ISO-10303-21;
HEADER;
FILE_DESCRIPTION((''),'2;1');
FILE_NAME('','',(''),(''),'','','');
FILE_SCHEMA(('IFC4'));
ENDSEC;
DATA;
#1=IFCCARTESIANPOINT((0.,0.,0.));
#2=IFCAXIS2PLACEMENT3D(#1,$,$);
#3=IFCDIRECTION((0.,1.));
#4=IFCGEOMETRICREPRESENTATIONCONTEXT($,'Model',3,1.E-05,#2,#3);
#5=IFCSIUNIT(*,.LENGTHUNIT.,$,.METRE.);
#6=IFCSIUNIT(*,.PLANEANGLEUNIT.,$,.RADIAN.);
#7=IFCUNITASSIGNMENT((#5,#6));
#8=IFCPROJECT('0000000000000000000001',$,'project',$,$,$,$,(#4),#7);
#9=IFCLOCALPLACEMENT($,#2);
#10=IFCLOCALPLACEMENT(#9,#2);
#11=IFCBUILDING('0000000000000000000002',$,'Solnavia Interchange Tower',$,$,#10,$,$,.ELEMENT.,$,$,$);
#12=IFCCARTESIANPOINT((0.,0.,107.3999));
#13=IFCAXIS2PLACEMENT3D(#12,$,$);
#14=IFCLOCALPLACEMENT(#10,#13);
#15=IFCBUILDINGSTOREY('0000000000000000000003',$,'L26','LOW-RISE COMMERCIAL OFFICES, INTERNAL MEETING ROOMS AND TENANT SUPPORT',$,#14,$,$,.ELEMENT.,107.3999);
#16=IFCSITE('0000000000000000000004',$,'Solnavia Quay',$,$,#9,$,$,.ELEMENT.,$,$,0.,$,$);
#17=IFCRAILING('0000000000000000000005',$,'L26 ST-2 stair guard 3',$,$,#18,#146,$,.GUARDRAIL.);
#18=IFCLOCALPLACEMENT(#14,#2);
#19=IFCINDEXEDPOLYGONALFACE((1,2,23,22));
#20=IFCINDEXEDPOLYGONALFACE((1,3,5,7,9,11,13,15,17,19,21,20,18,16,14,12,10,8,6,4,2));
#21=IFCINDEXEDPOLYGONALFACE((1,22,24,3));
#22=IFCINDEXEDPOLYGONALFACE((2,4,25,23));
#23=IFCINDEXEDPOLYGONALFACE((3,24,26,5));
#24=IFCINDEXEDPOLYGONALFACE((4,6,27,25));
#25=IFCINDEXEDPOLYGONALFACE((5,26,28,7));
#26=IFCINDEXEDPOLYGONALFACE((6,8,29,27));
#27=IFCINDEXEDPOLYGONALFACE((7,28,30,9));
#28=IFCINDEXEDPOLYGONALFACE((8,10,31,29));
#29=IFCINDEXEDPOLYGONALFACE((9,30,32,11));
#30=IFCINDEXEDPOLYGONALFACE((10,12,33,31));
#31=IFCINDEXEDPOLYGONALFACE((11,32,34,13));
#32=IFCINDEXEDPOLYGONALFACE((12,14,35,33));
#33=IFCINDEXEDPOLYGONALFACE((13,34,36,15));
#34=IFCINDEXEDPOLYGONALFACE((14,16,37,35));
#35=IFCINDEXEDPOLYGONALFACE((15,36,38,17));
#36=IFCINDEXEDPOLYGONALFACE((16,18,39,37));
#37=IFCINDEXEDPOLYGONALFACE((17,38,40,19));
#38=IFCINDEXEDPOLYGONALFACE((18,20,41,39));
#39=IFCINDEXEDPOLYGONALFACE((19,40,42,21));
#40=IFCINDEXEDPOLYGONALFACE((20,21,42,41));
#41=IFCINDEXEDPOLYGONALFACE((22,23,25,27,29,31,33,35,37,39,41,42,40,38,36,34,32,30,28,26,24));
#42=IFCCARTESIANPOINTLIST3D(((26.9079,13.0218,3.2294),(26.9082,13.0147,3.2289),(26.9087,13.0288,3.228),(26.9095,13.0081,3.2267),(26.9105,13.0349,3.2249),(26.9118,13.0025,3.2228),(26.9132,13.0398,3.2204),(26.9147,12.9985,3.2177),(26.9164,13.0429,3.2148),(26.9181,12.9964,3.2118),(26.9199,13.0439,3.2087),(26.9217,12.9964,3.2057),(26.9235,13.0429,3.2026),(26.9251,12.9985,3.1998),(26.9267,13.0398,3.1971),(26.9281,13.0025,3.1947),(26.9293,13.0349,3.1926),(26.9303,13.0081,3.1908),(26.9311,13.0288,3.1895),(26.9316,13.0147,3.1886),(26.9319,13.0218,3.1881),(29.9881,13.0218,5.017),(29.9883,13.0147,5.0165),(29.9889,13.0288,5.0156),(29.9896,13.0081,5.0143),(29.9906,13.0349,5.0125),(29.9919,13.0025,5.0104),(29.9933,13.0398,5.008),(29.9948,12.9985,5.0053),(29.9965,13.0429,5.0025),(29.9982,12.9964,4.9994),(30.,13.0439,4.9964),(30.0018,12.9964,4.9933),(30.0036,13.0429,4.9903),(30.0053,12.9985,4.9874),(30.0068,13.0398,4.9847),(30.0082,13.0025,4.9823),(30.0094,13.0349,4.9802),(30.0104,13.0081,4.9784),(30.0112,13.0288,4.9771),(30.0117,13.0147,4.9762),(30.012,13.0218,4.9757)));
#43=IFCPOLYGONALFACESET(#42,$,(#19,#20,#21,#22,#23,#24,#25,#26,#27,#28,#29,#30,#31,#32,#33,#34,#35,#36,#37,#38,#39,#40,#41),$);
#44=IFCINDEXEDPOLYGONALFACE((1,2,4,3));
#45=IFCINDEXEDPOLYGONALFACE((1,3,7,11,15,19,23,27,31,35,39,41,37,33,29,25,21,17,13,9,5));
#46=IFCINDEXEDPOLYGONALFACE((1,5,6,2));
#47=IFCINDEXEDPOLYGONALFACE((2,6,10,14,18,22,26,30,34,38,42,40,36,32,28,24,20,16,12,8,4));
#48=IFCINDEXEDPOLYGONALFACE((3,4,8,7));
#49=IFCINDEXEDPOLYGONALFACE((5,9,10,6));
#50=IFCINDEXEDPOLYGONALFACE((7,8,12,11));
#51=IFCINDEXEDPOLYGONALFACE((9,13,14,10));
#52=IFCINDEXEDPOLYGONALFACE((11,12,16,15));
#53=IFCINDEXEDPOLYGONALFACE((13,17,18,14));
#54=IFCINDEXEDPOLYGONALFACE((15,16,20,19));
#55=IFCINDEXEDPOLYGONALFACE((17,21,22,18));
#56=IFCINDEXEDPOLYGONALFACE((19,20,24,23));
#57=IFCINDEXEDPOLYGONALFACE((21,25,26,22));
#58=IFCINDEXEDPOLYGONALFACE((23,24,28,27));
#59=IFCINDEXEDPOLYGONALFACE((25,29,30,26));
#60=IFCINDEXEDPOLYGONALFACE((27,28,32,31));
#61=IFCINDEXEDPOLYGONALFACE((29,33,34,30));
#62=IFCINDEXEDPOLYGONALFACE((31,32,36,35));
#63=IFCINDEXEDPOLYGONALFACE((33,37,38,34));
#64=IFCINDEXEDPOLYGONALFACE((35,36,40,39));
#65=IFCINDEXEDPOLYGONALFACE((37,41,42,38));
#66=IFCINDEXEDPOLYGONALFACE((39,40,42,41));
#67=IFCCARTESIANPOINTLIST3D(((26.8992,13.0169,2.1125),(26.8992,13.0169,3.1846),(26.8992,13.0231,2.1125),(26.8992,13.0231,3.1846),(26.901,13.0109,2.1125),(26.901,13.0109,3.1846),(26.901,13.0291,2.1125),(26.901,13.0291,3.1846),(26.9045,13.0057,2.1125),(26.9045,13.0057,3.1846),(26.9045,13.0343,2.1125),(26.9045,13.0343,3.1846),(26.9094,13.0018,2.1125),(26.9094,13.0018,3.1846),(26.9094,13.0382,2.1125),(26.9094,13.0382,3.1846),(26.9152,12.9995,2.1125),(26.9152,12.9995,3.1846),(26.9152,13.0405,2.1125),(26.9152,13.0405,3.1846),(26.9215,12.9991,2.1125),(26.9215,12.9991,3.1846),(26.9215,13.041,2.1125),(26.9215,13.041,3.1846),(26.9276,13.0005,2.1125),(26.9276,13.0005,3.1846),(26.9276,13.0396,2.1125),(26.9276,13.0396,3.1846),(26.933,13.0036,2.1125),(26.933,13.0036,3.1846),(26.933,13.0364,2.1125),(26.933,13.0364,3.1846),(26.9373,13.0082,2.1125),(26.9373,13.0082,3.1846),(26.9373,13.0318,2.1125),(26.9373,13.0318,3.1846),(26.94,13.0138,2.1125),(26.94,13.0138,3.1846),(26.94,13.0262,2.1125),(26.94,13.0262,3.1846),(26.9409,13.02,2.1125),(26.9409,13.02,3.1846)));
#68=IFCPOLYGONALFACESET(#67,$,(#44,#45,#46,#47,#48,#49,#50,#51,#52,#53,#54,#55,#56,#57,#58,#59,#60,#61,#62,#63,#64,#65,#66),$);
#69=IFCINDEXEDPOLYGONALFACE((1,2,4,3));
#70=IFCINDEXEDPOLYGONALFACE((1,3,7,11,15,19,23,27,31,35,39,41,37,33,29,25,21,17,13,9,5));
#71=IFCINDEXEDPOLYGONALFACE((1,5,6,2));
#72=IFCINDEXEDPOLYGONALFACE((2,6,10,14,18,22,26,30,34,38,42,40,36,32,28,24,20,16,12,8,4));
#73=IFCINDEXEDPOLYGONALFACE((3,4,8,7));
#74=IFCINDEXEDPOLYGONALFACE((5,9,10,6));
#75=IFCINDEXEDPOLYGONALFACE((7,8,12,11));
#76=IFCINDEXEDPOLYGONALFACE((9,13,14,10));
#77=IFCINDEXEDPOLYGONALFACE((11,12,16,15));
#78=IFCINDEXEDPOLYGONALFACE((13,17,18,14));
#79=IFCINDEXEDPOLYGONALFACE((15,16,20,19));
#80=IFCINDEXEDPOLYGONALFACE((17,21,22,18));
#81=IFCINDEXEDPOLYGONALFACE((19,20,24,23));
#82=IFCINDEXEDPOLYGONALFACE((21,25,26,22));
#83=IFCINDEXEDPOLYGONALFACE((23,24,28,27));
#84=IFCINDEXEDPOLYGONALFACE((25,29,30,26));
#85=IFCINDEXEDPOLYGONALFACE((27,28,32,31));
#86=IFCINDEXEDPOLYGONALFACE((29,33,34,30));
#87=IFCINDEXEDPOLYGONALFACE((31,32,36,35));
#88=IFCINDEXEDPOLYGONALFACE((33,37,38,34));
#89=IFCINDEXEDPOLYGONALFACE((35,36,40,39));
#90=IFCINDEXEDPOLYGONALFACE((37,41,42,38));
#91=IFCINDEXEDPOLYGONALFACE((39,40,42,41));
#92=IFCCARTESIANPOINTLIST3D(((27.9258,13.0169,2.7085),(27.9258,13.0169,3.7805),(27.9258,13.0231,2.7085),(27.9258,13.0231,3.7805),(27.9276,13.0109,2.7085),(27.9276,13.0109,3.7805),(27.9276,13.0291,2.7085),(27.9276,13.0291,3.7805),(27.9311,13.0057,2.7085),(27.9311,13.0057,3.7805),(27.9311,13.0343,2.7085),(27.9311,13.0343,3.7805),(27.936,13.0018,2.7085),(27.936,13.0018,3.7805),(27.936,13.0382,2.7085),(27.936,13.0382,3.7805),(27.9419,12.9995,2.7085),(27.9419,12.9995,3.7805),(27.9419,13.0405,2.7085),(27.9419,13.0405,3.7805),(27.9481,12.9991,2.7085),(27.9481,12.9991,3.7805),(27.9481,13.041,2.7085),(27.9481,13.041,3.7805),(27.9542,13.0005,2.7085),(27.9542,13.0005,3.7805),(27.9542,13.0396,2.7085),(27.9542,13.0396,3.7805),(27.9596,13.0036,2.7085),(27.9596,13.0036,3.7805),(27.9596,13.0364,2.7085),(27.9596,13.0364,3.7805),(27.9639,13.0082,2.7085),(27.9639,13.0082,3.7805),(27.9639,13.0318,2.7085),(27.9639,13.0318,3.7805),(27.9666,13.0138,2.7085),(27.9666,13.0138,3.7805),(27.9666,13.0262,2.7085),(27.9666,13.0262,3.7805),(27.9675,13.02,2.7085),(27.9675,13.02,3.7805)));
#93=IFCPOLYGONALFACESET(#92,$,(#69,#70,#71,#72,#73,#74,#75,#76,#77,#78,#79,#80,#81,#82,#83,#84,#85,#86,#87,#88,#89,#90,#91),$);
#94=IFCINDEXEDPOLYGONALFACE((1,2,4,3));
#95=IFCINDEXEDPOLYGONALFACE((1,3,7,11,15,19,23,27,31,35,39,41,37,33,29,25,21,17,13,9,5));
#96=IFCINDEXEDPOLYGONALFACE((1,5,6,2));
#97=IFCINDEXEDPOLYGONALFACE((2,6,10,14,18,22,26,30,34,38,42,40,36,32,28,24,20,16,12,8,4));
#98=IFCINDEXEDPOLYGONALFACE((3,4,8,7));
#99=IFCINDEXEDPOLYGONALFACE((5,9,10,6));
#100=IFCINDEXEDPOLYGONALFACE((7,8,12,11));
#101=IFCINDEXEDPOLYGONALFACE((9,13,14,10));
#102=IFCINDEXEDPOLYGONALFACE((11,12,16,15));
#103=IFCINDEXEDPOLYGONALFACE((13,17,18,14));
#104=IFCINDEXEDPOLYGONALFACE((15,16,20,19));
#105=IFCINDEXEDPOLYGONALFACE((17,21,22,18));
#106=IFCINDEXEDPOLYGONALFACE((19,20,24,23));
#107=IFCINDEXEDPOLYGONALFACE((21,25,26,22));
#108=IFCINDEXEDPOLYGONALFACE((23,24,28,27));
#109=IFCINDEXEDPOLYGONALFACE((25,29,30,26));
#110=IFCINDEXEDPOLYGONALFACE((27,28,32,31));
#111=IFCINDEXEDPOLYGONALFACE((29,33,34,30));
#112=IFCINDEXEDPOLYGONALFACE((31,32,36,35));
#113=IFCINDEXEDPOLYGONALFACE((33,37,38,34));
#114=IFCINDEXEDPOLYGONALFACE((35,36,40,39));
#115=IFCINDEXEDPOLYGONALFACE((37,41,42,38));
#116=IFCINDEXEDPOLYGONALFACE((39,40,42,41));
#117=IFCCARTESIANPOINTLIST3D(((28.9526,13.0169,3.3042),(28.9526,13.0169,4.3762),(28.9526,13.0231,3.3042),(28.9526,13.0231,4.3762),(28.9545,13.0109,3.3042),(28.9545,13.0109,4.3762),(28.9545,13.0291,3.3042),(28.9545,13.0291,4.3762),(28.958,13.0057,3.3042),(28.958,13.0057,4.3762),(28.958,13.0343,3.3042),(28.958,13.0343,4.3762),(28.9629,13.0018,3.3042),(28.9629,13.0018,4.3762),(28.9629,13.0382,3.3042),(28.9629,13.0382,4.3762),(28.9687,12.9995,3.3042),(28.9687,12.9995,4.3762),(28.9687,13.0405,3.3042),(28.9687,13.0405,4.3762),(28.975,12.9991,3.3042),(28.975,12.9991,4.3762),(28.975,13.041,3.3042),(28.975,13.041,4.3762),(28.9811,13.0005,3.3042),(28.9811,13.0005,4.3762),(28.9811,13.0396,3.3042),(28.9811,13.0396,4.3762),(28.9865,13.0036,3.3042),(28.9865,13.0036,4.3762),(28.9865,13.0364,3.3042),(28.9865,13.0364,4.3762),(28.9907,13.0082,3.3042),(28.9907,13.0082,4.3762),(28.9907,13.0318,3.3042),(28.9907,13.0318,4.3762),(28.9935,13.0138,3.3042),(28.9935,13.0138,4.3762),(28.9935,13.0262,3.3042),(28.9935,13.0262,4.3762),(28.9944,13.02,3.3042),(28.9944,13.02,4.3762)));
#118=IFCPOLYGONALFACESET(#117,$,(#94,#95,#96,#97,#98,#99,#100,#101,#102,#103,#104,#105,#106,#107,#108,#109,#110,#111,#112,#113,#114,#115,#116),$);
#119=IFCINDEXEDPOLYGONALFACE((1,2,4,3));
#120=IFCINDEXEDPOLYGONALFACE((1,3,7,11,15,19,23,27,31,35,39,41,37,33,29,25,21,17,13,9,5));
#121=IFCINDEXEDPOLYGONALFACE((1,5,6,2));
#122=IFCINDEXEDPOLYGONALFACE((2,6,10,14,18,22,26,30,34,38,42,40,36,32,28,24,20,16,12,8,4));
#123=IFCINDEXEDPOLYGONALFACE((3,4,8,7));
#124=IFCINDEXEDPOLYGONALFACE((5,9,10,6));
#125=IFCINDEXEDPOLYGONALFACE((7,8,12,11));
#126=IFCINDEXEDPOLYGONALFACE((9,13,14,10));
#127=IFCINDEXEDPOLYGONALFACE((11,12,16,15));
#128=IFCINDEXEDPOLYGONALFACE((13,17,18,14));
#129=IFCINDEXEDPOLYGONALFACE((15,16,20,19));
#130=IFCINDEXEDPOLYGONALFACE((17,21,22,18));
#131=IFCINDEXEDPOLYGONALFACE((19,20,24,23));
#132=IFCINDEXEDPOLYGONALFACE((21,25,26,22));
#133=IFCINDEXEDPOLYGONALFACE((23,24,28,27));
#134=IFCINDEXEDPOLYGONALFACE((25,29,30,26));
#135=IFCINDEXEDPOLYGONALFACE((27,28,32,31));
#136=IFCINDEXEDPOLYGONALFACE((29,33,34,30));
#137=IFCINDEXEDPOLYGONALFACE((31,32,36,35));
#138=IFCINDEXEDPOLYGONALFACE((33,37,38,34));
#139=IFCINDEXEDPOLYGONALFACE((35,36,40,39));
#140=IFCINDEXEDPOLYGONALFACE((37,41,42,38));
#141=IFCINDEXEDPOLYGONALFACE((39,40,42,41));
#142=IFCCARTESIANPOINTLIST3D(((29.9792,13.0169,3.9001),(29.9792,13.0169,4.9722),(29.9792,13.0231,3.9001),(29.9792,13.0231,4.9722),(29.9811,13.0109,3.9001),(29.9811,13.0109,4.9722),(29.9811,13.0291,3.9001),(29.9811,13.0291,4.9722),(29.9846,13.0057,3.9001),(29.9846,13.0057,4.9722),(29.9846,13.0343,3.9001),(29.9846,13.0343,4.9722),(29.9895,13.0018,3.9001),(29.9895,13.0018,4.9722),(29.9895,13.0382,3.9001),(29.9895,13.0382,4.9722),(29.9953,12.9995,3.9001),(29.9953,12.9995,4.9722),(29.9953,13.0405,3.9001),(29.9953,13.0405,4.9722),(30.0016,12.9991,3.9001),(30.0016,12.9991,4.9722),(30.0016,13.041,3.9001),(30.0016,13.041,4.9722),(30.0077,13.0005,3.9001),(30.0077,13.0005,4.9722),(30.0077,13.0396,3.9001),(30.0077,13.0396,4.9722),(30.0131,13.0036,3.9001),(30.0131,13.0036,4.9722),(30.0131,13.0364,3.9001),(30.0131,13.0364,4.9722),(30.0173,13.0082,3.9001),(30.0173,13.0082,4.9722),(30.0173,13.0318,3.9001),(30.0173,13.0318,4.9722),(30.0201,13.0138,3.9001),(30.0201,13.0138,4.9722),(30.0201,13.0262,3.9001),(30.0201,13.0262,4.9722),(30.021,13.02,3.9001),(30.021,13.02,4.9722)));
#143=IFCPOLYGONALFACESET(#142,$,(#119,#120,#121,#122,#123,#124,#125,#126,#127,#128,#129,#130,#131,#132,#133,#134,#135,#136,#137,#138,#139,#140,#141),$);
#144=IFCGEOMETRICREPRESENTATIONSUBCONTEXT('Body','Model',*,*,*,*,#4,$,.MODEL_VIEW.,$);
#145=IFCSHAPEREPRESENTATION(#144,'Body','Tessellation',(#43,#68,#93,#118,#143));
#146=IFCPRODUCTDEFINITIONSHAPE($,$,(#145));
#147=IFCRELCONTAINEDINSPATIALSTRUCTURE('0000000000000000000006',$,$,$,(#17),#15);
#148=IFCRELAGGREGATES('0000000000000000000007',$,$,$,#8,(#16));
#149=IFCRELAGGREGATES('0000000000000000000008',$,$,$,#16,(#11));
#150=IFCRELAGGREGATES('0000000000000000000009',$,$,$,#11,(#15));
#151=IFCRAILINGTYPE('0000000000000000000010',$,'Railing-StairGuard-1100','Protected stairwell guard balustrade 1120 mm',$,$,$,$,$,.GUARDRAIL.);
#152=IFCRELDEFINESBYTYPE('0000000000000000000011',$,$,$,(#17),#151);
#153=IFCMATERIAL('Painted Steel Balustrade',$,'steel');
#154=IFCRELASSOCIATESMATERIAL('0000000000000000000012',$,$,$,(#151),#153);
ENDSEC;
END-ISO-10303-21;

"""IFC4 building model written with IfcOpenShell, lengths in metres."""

from ifc_helpers import new_model, si_unit, direction, frame, origin, origin_2d, place, context, subcontext, project, spatial, circle, extrude, material, type_object, element, save


model = new_model("IFC4")

# Units and contexts
model_context = context("Model", 3, precision=1e-05, world=origin(), true_north=direction((0.0, 1.0)))
body_context = subcontext(model_context, "Body", "Model", "MODEL_VIEW")
ifc_project = project(units=[si_unit("LENGTHUNIT", "METRE"), si_unit("PLANEANGLEUNIT", "RADIAN")], contexts=[model_context])

# Site, building, storey
site_placement = place(None, origin())
site = spatial("IfcSite", under=ifc_project, at=site_placement, Name="Solnavia Quay", CompositionType="ELEMENT", RefElevation=0.0)
building_placement = place(site_placement, origin())
building = spatial("IfcBuilding", under=site, at=building_placement, Name="Solnavia Interchange Tower", CompositionType="ELEMENT")
storey_placement = place(building_placement, frame((0.0, 0.0, 107.3999)))
storey = spatial("IfcBuildingStorey", under=building, at=storey_placement, Name="L26", Description="LOW-RISE COMMERCIAL OFFICES, INTERNAL MEETING ROOMS AND TENANT SUPPORT", CompositionType="ELEMENT", Elevation=107.3999)

# Railing
ifc_material_1 = material(Name="Painted Steel Balustrade", Category="steel")
railing_type_1 = type_object("IfcRailingType", Name="Railing-StairGuard-1100", Description="Protected stairwell guard balustrade 1120 mm", PredefinedType="GUARDRAIL", material=ifc_material_1)
railing_1_placement = place(storey_placement, frame((26.9199, 13.02, 2.1125)))
element("IfcRailing", 1, at=railing_1_placement, inside=storey, type_object=railing_type_1, Name="L26 ST-2 stair guard 3", PredefinedType="GUARDRAIL", context=body_context, shape_type="SweptSolid", body=[
    extrude(circle(Radius=0.0239, at=origin_2d()), frame((0.0, 0.0, 1.0962), z_axis=(0.864891, 0.0, 0.50196), x_axis=(0.0, 1.0, 0.0)), (0.0, 0.0, 1.0), 3.5613),
    extrude(circle(Radius=0.021, at=origin_2d()), origin(), (0.0, 0.0, 1.0), 1.072),
    extrude(circle(Radius=0.021, at=origin_2d()), frame((1.0266, 0.0, 0.5959)), (0.0, 0.0, 1.0), 1.072),
    extrude(circle(Radius=0.021, at=origin_2d()), frame((2.0535, 0.0, 1.1917)), (0.0, 0.0, 1.0), 1.072),
    extrude(circle(Radius=0.021, at=origin_2d()), frame((3.0801, 0.0, 1.7876)), (0.0, 0.0, 1.0), 1.072),
])

save(model, "model.ifc")
